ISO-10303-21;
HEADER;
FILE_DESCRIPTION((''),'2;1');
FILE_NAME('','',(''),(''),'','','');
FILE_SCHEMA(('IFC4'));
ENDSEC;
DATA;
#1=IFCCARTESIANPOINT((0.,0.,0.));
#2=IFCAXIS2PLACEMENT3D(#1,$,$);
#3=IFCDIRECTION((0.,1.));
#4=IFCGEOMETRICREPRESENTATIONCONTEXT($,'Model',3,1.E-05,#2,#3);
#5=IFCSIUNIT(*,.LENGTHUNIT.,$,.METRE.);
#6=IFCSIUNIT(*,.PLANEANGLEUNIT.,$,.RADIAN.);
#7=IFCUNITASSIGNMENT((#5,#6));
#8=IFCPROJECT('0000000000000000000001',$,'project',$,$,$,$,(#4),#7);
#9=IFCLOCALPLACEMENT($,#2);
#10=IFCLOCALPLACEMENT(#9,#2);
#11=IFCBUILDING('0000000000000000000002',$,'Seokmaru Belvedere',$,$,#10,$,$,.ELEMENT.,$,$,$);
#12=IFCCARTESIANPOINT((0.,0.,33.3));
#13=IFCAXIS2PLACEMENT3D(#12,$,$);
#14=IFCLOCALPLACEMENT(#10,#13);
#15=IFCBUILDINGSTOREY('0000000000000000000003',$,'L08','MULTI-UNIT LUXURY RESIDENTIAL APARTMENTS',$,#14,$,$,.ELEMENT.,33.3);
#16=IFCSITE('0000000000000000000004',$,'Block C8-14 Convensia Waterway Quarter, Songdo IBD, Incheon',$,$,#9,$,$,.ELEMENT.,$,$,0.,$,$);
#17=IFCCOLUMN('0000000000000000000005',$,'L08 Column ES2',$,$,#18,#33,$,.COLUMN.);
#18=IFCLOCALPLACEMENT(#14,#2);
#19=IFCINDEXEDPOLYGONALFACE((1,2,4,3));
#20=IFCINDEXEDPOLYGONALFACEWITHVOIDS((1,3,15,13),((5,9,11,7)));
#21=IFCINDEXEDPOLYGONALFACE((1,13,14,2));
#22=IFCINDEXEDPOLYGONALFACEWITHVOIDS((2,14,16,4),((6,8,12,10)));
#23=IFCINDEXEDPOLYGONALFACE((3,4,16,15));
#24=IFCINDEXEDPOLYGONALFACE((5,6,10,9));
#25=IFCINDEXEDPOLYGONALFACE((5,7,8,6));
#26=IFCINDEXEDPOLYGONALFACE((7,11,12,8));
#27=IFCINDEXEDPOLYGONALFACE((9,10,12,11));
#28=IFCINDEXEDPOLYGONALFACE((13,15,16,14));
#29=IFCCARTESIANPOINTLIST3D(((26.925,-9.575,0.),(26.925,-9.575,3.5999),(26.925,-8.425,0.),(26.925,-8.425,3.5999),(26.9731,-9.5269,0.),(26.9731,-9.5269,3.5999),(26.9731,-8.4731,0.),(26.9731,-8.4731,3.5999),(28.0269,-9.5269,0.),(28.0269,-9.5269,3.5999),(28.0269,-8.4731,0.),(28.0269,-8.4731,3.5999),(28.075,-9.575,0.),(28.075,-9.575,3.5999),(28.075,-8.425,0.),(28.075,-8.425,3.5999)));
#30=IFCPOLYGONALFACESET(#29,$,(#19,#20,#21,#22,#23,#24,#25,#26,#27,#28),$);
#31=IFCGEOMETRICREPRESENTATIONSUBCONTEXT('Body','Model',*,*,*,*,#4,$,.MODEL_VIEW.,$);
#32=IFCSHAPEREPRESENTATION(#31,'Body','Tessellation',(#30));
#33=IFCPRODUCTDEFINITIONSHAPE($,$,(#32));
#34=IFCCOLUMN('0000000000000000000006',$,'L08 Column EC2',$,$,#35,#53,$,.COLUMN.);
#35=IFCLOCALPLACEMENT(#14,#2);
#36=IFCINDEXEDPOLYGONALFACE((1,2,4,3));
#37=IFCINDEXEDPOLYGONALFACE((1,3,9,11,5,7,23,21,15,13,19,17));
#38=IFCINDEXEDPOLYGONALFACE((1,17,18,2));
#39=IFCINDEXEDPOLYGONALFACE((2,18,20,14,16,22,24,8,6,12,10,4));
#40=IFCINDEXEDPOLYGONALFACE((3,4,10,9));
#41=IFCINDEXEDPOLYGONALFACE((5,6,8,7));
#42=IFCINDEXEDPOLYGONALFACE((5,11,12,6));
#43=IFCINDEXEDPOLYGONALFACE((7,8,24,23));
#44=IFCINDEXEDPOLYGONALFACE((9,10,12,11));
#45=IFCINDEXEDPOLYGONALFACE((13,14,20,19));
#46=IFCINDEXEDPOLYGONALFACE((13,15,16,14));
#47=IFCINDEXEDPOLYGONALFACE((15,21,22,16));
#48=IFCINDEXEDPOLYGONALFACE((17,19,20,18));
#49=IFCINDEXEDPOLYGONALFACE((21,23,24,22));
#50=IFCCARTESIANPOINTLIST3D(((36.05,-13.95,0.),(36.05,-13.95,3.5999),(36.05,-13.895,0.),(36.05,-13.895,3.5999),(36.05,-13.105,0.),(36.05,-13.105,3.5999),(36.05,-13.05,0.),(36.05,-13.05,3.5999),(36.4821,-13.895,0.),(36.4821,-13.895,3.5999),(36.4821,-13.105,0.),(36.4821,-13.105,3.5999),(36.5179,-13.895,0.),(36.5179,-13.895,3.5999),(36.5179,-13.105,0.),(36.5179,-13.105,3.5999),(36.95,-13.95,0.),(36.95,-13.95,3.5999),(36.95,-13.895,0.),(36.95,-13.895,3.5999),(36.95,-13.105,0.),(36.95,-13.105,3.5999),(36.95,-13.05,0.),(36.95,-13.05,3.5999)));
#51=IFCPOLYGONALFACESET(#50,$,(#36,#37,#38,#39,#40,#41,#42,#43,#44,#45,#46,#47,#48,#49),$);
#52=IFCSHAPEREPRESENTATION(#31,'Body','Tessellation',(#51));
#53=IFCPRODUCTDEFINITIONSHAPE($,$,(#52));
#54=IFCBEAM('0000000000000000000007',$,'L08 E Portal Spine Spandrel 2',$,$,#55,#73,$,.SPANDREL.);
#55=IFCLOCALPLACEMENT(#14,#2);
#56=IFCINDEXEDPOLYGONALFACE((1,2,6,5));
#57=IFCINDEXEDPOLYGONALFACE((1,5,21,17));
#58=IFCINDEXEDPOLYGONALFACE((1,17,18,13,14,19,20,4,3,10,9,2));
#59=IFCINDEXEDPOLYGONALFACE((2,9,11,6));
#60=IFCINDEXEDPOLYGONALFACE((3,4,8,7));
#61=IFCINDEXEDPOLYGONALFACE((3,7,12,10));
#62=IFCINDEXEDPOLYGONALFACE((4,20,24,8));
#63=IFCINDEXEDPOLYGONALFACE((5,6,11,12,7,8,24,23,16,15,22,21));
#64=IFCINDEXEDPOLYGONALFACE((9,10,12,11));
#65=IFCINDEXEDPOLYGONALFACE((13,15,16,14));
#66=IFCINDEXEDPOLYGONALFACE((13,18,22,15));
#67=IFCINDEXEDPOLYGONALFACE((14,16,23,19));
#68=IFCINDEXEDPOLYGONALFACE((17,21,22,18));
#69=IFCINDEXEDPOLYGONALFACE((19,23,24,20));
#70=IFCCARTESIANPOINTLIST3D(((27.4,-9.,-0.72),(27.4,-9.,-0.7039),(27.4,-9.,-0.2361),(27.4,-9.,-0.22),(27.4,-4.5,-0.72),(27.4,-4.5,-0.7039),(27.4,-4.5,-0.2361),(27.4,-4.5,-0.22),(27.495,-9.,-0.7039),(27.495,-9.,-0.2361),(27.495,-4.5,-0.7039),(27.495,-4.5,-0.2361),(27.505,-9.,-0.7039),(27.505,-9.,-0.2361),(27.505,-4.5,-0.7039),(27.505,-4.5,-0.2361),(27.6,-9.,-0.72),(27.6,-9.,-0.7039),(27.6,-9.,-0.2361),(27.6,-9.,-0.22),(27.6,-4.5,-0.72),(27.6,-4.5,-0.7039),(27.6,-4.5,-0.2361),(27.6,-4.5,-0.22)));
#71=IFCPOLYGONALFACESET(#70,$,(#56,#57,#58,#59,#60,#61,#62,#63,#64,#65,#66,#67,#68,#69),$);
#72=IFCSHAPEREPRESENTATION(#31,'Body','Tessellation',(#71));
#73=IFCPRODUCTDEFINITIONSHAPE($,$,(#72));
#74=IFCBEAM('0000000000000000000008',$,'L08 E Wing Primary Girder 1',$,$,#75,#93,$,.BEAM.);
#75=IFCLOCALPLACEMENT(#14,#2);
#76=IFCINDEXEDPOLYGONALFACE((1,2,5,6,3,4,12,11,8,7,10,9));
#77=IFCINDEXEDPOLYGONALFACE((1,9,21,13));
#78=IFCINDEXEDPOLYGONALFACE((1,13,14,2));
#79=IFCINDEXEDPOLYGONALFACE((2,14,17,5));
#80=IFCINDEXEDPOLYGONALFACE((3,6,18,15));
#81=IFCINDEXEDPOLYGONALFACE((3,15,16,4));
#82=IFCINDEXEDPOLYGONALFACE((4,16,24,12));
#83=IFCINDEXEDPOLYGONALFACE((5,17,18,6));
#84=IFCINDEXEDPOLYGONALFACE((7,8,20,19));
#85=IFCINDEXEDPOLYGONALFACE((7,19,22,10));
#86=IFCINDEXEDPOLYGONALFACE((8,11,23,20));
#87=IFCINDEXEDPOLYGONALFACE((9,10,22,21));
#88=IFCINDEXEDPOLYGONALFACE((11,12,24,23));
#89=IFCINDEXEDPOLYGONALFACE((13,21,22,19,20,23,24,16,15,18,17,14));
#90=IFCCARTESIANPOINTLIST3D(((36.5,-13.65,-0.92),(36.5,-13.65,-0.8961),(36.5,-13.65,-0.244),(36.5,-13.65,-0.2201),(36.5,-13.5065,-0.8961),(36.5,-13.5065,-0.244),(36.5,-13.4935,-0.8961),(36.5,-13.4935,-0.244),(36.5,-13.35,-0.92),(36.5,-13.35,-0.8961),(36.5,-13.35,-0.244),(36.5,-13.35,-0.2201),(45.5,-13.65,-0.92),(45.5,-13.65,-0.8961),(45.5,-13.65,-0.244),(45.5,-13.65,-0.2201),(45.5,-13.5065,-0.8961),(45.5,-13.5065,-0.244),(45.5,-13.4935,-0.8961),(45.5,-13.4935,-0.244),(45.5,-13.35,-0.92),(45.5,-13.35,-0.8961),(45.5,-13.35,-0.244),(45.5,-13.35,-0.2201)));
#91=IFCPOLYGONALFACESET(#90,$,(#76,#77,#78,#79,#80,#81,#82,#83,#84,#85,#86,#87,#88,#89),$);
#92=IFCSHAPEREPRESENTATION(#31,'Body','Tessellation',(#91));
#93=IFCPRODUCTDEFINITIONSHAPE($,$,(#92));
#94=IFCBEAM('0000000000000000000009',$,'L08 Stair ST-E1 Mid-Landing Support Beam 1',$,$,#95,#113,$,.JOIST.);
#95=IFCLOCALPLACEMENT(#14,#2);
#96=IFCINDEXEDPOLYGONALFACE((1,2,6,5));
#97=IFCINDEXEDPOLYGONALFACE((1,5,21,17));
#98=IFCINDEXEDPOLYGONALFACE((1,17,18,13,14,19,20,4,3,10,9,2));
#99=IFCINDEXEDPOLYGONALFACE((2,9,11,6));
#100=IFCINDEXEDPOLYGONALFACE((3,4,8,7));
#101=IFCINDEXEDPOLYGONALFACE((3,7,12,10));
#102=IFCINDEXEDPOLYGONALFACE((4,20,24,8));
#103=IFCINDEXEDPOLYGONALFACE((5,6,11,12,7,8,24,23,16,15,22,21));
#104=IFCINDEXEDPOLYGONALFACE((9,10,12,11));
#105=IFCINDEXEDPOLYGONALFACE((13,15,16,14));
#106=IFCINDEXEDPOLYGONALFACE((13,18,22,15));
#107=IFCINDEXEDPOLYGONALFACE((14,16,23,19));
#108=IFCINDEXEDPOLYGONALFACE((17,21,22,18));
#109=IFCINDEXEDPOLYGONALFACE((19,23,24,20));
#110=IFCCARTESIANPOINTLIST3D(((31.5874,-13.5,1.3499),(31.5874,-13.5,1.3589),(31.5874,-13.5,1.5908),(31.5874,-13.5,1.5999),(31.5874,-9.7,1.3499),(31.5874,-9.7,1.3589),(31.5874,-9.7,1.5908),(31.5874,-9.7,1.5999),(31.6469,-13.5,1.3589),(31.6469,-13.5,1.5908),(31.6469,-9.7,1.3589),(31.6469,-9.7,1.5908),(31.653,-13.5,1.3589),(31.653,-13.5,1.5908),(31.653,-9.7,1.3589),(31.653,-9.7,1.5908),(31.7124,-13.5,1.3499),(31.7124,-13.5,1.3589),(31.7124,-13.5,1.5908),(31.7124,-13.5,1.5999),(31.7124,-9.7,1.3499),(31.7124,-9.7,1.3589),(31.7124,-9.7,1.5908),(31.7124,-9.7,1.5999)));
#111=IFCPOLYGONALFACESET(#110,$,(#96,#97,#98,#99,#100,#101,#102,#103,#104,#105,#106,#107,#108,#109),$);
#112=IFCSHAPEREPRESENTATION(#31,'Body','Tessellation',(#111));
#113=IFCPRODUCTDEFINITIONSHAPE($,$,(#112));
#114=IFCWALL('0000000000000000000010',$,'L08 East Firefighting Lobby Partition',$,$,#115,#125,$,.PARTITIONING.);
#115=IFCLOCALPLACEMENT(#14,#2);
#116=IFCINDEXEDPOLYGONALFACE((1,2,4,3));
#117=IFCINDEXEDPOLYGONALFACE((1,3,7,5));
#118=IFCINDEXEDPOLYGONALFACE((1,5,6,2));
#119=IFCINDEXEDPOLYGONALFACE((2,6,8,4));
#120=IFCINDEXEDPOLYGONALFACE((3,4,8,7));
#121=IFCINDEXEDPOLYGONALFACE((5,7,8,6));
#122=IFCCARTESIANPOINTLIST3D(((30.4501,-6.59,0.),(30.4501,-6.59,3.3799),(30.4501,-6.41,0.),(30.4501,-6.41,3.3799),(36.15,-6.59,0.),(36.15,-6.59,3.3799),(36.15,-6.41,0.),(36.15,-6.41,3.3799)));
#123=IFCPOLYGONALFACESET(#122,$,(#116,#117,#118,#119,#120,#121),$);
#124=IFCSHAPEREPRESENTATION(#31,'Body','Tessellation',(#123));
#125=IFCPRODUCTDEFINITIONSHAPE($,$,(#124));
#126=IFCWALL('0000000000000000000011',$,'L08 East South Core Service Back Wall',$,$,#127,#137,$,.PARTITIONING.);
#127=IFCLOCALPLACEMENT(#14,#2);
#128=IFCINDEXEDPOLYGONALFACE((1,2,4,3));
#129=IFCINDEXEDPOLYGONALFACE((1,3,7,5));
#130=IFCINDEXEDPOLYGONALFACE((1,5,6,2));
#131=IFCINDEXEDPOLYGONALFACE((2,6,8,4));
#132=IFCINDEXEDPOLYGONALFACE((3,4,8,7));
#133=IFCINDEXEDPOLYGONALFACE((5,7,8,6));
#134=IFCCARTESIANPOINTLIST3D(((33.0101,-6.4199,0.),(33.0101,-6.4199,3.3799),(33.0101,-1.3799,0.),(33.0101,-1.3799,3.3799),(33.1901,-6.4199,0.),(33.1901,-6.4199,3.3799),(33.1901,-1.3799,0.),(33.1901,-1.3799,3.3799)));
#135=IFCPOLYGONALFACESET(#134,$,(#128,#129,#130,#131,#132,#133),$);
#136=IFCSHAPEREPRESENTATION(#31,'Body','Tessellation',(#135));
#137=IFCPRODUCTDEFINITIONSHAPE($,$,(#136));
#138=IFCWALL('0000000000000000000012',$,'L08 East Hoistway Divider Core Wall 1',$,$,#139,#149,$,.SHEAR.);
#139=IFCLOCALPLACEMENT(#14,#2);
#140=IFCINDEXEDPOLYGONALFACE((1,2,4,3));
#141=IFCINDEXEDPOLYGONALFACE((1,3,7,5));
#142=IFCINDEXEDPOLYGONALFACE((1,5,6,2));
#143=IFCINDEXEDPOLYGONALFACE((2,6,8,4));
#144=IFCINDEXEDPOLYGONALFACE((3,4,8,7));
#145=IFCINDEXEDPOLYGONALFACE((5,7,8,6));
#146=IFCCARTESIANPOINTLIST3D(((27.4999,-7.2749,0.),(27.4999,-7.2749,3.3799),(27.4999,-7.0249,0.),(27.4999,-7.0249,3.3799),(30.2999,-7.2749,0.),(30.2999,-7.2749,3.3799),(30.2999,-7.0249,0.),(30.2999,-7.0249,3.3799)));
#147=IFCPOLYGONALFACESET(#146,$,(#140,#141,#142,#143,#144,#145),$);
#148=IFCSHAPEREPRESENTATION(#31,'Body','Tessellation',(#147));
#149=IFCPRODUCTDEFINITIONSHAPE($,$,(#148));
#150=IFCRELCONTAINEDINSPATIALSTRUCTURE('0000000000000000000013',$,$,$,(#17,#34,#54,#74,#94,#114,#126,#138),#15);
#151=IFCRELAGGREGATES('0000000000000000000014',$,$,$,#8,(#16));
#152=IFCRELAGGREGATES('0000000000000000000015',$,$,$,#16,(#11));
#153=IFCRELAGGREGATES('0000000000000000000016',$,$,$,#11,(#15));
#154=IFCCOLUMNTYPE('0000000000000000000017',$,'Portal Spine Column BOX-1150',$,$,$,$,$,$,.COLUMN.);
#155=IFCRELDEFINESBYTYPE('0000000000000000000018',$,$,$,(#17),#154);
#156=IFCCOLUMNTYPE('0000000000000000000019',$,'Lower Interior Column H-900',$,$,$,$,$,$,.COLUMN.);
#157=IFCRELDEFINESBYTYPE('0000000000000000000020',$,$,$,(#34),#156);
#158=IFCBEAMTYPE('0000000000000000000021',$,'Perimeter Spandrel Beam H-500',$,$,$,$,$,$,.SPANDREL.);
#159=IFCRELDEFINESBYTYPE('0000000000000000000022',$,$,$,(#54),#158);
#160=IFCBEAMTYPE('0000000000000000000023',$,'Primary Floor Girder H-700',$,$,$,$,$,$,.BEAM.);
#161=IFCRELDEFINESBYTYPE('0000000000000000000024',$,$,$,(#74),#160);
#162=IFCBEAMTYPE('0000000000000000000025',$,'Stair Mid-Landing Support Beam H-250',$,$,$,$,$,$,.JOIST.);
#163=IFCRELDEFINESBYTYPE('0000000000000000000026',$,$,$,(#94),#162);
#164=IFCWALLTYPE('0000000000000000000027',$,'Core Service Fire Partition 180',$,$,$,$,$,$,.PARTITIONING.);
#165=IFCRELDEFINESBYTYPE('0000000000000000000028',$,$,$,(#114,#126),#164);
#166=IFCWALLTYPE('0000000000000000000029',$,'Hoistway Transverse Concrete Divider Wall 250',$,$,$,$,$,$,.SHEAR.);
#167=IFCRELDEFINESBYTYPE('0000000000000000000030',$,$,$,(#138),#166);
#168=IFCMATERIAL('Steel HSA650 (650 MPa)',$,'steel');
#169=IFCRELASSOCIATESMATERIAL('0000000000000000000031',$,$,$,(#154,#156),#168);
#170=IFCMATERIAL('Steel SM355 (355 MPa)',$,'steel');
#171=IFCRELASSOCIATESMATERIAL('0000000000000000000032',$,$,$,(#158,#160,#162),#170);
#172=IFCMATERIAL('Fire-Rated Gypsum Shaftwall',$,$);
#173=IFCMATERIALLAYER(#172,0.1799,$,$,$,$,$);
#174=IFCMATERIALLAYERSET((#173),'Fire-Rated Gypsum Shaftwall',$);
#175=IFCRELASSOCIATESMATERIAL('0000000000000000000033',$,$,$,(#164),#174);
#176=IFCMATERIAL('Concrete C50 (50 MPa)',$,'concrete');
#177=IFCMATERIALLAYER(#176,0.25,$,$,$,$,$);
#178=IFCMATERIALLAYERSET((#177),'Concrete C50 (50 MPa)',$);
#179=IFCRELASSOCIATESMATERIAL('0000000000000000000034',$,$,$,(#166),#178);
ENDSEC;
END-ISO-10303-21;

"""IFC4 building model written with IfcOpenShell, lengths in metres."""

from ifc_helpers import new_model, si_unit, direction, frame, frame_2d, origin, origin_2d, place, context, subcontext, project, spatial, rectangle, hollow_rectangle, i_section, extrude, source, transform, mapped, material, layer, layer_set, material_profile, profile_set, type_object, type_shapes, element, save


model = new_model("IFC4")

# Units and contexts
model_context = context("Model", 3, precision=1e-05, world=origin(), true_north=direction((0.0, 1.0)))
body_context = subcontext(model_context, "Body", "Model", "MODEL_VIEW")
ifc_project = project(units=[si_unit("LENGTHUNIT", "METRE"), si_unit("PLANEANGLEUNIT", "RADIAN")], contexts=[model_context])

# Site, building, storey
site_placement = place(None, origin())
site = spatial("IfcSite", under=ifc_project, at=site_placement, Name="Block C8-14 Convensia Waterway Quarter, Songdo IBD, Incheon", CompositionType="ELEMENT", RefElevation=0.0)
building_placement = place(site_placement, origin())
building = spatial("IfcBuilding", under=site, at=building_placement, Name="Seokmaru Belvedere", CompositionType="ELEMENT")
storey_placement = place(building_placement, frame((0.0, 0.0, 33.3)))
storey = spatial("IfcBuildingStorey", under=building, at=storey_placement, Name="L08", Description="MULTI-UNIT LUXURY RESIDENTIAL APARTMENTS", CompositionType="ELEMENT", Elevation=33.3)

# Columns
ifc_material_1 = material(Name="Steel HSA650 (650 MPa)", Category="steel")
ifc_material_profile_1 = material_profile(ifc_material_1, hollow_rectangle(XDim=1.1499, YDim=1.1499, WallThickness=0.0481, at=origin_2d()), Name="BOX-1150x1150x48")
ifc_profile_set_1 = profile_set([ifc_material_profile_1], Name="Steel HSA650 (650 MPa)")
column_type_1 = type_object("IfcColumnType", Name="Portal Spine Column BOX-1150", PredefinedType="COLUMN", material=ifc_profile_set_1)
shared_shape_1 = source(origin(), body_context, "Body", "SweptSolid", [
    extrude(hollow_rectangle(XDim=1.1499, YDim=1.1499, WallThickness=0.0481, at=origin_2d()), origin(), (0.0, 0.0, 1.0), 3.5999),
])
type_shapes(column_type_1, [shared_shape_1])
column_1_placement = place(storey_placement, frame((27.5, -9.0, 0.0), z_axis=(0.0, 0.0, 1.0), x_axis=(1.0, 0.0, 0.0)))
element("IfcColumn", 1, at=column_1_placement, inside=storey, type_object=column_type_1, Name="L08 Column ES2", PredefinedType="COLUMN", context=body_context, shape_type="MappedRepresentation", body=[
    mapped(shared_shape_1, transform((0.0, 0.0, 0.0), scale=1.0)),
])
ifc_material_profile_2 = material_profile(ifc_material_1, i_section(OverallWidth=0.8999, OverallDepth=0.8999, WebThickness=0.0359, FlangeThickness=0.0549, at=origin_2d()), Name="H-900x900x36x55")
ifc_profile_set_2 = profile_set([ifc_material_profile_2], Name="Steel HSA650 (650 MPa)")
column_type_2 = type_object("IfcColumnType", Name="Lower Interior Column H-900", PredefinedType="COLUMN", material=ifc_profile_set_2)
shared_shape_2 = source(origin(), body_context, "Body", "SweptSolid", [
    extrude(i_section(OverallWidth=0.8999, OverallDepth=0.8999, WebThickness=0.0359, FlangeThickness=0.0549, at=origin_2d()), origin(), (0.0, 0.0, 1.0), 3.5999),
])
type_shapes(column_type_2, [shared_shape_2])
column_2_placement = place(storey_placement, frame((36.5, -13.5, 0.0), z_axis=(0.0, 0.0, 1.0), x_axis=(1.0, 0.0, 0.0)))
element("IfcColumn", 2, at=column_2_placement, inside=storey, type_object=column_type_2, Name="L08 Column EC2", PredefinedType="COLUMN", context=body_context, shape_type="MappedRepresentation", body=[
    mapped(shared_shape_2, transform((0.0, 0.0, 0.0), scale=1.0)),
])

# Beams
ifc_material_2 = material(Name="Steel SM355 (355 MPa)", Category="steel")
ifc_material_profile_3 = material_profile(ifc_material_2, i_section(OverallWidth=0.2, OverallDepth=0.5, WebThickness=0.01, FlangeThickness=0.0161, at=origin_2d()), Name="H-500x200x10x16")
ifc_profile_set_3 = profile_set([ifc_material_profile_3], Name="Steel SM355 (355 MPa)")
beam_type_1 = type_object("IfcBeamType", Name="Perimeter Spandrel Beam H-500", PredefinedType="SPANDREL", material=ifc_profile_set_3)
shared_shape_3 = source(origin(), body_context, "Body", "SweptSolid", [
    extrude(i_section(OverallWidth=0.2, OverallDepth=0.5, WebThickness=0.01, FlangeThickness=0.0161, at=origin_2d()), origin(), (0.0, 0.0, 1.0), 4.5),
])
type_shapes(beam_type_1, [shared_shape_3])
beam_1_placement = place(storey_placement, frame((27.5, -9.0, -0.47), z_axis=(0.0, 1.0, 0.0), x_axis=(-1.0, 0.0, 0.0)))
element("IfcBeam", 3, at=beam_1_placement, inside=storey, type_object=beam_type_1, Name="L08 E Portal Spine Spandrel 2", PredefinedType="SPANDREL", context=body_context, shape_type="MappedRepresentation", body=[
    mapped(shared_shape_3, transform((0.0, 0.0, 0.0), scale=1.0)),
])
ifc_material_profile_4 = material_profile(ifc_material_2, i_section(OverallWidth=0.3, OverallDepth=0.7, WebThickness=0.0129, FlangeThickness=0.0239, at=origin_2d()), Name="H-700x300x13x24")
ifc_profile_set_4 = profile_set([ifc_material_profile_4], Name="Steel SM355 (355 MPa)")
beam_type_2 = type_object("IfcBeamType", Name="Primary Floor Girder H-700", PredefinedType="BEAM", material=ifc_profile_set_4)
shared_shape_4 = source(origin(), body_context, "Body", "SweptSolid", [
    extrude(i_section(OverallWidth=0.3, OverallDepth=0.7, WebThickness=0.0129, FlangeThickness=0.0239, at=origin_2d()), origin(), (0.0, 0.0, 1.0), 9.0),
])
type_shapes(beam_type_2, [shared_shape_4])
beam_2_placement = place(storey_placement, frame((36.5, -13.5, -0.5701), z_axis=(1.0, 0.0, 0.0), x_axis=(0.0, 1.0, 0.0)))
element("IfcBeam", 4, at=beam_2_placement, inside=storey, type_object=beam_type_2, Name="L08 E Wing Primary Girder 1", PredefinedType="BEAM", context=body_context, shape_type="MappedRepresentation", body=[
    mapped(shared_shape_4, transform((0.0, 0.0, 0.0), scale=1.0)),
])
ifc_material_profile_5 = material_profile(ifc_material_2, i_section(OverallWidth=0.125, OverallDepth=0.25, WebThickness=0.0061, FlangeThickness=0.009, at=origin_2d()), Name="H-250x125x6x9")
ifc_profile_set_5 = profile_set([ifc_material_profile_5], Name="Steel SM355 (355 MPa)")
beam_type_3 = type_object("IfcBeamType", Name="Stair Mid-Landing Support Beam H-250", PredefinedType="JOIST", material=ifc_profile_set_5)
shared_shape_5 = source(origin(), body_context, "Body", "SweptSolid", [
    extrude(i_section(OverallWidth=0.125, OverallDepth=0.25, WebThickness=0.0061, FlangeThickness=0.009, at=origin_2d()), origin(), (0.0, 0.0, 1.0), 3.8),
])
type_shapes(beam_type_3, [shared_shape_5])
beam_3_placement = place(storey_placement, frame((31.6499, -13.5, 1.4749), z_axis=(0.0, 1.0, 0.0), x_axis=(-1.0, 0.0, 0.0)))
element("IfcBeam", 5, at=beam_3_placement, inside=storey, type_object=beam_type_3, Name="L08 Stair ST-E1 Mid-Landing Support Beam 1", PredefinedType="JOIST", context=body_context, shape_type="MappedRepresentation", body=[
    mapped(shared_shape_5, transform((0.0, 0.0, 0.0), scale=1.0)),
])

# Walls
ifc_material_3 = material(Name="Fire-Rated Gypsum Shaftwall")
ifc_layer_1 = layer(ifc_material_3, 0.1799)
ifc_layer_set_1 = layer_set([ifc_layer_1], Name="Fire-Rated Gypsum Shaftwall")
wall_type_1 = type_object("IfcWallType", Name="Core Service Fire Partition 180", PredefinedType="PARTITIONING", material=ifc_layer_set_1)
wall_1_placement = place(storey_placement, frame((30.45, -6.5, 0.0), z_axis=(0.0, 0.0, 1.0), x_axis=(1.0, 0.0, 0.0)))
element("IfcWall", 6, at=wall_1_placement, inside=storey, type_object=wall_type_1, Name="L08 East Firefighting Lobby Partition", PredefinedType="PARTITIONING", context=body_context, shape_type="SweptSolid", body=[
    extrude(rectangle(XDim=5.7, YDim=0.1799, at=frame_2d((2.8501, 0.0))), origin(), (0.0, 0.0, 1.0), 3.3799),
])
wall_2_placement = place(storey_placement, frame((33.1001, -6.4199, 0.0), z_axis=(0.0, 0.0, 1.0), x_axis=(0.0, 1.0, 0.0)))
element("IfcWall", 7, at=wall_2_placement, inside=storey, type_object=wall_type_1, Name="L08 East South Core Service Back Wall", PredefinedType="PARTITIONING", context=body_context, shape_type="SweptSolid", body=[
    extrude(rectangle(XDim=5.04, YDim=0.1799, at=frame_2d((2.52, 0.0))), origin(), (0.0, 0.0, 1.0), 3.3799),
])
ifc_material_4 = material(Name="Concrete C50 (50 MPa)", Category="concrete")
ifc_layer_2 = layer(ifc_material_4, 0.25)
ifc_layer_set_2 = layer_set([ifc_layer_2], Name="Concrete C50 (50 MPa)")
wall_type_2 = type_object("IfcWallType", Name="Hoistway Transverse Concrete Divider Wall 250", PredefinedType="SHEAR", material=ifc_layer_set_2)
wall_3_placement = place(storey_placement, frame((27.5, -7.1499, 0.0), z_axis=(0.0, 0.0, 1.0), x_axis=(1.0, 0.0, 0.0)))
element("IfcWall", 8, at=wall_3_placement, inside=storey, type_object=wall_type_2, Name="L08 East Hoistway Divider Core Wall 1", PredefinedType="SHEAR", context=body_context, shape_type="SweptSolid", body=[
    extrude(rectangle(XDim=2.8, YDim=0.25, at=frame_2d((1.3999, 0.0))), origin(), (0.0, 0.0, 1.0), 3.3799),
])

save(model, "model.ifc")
